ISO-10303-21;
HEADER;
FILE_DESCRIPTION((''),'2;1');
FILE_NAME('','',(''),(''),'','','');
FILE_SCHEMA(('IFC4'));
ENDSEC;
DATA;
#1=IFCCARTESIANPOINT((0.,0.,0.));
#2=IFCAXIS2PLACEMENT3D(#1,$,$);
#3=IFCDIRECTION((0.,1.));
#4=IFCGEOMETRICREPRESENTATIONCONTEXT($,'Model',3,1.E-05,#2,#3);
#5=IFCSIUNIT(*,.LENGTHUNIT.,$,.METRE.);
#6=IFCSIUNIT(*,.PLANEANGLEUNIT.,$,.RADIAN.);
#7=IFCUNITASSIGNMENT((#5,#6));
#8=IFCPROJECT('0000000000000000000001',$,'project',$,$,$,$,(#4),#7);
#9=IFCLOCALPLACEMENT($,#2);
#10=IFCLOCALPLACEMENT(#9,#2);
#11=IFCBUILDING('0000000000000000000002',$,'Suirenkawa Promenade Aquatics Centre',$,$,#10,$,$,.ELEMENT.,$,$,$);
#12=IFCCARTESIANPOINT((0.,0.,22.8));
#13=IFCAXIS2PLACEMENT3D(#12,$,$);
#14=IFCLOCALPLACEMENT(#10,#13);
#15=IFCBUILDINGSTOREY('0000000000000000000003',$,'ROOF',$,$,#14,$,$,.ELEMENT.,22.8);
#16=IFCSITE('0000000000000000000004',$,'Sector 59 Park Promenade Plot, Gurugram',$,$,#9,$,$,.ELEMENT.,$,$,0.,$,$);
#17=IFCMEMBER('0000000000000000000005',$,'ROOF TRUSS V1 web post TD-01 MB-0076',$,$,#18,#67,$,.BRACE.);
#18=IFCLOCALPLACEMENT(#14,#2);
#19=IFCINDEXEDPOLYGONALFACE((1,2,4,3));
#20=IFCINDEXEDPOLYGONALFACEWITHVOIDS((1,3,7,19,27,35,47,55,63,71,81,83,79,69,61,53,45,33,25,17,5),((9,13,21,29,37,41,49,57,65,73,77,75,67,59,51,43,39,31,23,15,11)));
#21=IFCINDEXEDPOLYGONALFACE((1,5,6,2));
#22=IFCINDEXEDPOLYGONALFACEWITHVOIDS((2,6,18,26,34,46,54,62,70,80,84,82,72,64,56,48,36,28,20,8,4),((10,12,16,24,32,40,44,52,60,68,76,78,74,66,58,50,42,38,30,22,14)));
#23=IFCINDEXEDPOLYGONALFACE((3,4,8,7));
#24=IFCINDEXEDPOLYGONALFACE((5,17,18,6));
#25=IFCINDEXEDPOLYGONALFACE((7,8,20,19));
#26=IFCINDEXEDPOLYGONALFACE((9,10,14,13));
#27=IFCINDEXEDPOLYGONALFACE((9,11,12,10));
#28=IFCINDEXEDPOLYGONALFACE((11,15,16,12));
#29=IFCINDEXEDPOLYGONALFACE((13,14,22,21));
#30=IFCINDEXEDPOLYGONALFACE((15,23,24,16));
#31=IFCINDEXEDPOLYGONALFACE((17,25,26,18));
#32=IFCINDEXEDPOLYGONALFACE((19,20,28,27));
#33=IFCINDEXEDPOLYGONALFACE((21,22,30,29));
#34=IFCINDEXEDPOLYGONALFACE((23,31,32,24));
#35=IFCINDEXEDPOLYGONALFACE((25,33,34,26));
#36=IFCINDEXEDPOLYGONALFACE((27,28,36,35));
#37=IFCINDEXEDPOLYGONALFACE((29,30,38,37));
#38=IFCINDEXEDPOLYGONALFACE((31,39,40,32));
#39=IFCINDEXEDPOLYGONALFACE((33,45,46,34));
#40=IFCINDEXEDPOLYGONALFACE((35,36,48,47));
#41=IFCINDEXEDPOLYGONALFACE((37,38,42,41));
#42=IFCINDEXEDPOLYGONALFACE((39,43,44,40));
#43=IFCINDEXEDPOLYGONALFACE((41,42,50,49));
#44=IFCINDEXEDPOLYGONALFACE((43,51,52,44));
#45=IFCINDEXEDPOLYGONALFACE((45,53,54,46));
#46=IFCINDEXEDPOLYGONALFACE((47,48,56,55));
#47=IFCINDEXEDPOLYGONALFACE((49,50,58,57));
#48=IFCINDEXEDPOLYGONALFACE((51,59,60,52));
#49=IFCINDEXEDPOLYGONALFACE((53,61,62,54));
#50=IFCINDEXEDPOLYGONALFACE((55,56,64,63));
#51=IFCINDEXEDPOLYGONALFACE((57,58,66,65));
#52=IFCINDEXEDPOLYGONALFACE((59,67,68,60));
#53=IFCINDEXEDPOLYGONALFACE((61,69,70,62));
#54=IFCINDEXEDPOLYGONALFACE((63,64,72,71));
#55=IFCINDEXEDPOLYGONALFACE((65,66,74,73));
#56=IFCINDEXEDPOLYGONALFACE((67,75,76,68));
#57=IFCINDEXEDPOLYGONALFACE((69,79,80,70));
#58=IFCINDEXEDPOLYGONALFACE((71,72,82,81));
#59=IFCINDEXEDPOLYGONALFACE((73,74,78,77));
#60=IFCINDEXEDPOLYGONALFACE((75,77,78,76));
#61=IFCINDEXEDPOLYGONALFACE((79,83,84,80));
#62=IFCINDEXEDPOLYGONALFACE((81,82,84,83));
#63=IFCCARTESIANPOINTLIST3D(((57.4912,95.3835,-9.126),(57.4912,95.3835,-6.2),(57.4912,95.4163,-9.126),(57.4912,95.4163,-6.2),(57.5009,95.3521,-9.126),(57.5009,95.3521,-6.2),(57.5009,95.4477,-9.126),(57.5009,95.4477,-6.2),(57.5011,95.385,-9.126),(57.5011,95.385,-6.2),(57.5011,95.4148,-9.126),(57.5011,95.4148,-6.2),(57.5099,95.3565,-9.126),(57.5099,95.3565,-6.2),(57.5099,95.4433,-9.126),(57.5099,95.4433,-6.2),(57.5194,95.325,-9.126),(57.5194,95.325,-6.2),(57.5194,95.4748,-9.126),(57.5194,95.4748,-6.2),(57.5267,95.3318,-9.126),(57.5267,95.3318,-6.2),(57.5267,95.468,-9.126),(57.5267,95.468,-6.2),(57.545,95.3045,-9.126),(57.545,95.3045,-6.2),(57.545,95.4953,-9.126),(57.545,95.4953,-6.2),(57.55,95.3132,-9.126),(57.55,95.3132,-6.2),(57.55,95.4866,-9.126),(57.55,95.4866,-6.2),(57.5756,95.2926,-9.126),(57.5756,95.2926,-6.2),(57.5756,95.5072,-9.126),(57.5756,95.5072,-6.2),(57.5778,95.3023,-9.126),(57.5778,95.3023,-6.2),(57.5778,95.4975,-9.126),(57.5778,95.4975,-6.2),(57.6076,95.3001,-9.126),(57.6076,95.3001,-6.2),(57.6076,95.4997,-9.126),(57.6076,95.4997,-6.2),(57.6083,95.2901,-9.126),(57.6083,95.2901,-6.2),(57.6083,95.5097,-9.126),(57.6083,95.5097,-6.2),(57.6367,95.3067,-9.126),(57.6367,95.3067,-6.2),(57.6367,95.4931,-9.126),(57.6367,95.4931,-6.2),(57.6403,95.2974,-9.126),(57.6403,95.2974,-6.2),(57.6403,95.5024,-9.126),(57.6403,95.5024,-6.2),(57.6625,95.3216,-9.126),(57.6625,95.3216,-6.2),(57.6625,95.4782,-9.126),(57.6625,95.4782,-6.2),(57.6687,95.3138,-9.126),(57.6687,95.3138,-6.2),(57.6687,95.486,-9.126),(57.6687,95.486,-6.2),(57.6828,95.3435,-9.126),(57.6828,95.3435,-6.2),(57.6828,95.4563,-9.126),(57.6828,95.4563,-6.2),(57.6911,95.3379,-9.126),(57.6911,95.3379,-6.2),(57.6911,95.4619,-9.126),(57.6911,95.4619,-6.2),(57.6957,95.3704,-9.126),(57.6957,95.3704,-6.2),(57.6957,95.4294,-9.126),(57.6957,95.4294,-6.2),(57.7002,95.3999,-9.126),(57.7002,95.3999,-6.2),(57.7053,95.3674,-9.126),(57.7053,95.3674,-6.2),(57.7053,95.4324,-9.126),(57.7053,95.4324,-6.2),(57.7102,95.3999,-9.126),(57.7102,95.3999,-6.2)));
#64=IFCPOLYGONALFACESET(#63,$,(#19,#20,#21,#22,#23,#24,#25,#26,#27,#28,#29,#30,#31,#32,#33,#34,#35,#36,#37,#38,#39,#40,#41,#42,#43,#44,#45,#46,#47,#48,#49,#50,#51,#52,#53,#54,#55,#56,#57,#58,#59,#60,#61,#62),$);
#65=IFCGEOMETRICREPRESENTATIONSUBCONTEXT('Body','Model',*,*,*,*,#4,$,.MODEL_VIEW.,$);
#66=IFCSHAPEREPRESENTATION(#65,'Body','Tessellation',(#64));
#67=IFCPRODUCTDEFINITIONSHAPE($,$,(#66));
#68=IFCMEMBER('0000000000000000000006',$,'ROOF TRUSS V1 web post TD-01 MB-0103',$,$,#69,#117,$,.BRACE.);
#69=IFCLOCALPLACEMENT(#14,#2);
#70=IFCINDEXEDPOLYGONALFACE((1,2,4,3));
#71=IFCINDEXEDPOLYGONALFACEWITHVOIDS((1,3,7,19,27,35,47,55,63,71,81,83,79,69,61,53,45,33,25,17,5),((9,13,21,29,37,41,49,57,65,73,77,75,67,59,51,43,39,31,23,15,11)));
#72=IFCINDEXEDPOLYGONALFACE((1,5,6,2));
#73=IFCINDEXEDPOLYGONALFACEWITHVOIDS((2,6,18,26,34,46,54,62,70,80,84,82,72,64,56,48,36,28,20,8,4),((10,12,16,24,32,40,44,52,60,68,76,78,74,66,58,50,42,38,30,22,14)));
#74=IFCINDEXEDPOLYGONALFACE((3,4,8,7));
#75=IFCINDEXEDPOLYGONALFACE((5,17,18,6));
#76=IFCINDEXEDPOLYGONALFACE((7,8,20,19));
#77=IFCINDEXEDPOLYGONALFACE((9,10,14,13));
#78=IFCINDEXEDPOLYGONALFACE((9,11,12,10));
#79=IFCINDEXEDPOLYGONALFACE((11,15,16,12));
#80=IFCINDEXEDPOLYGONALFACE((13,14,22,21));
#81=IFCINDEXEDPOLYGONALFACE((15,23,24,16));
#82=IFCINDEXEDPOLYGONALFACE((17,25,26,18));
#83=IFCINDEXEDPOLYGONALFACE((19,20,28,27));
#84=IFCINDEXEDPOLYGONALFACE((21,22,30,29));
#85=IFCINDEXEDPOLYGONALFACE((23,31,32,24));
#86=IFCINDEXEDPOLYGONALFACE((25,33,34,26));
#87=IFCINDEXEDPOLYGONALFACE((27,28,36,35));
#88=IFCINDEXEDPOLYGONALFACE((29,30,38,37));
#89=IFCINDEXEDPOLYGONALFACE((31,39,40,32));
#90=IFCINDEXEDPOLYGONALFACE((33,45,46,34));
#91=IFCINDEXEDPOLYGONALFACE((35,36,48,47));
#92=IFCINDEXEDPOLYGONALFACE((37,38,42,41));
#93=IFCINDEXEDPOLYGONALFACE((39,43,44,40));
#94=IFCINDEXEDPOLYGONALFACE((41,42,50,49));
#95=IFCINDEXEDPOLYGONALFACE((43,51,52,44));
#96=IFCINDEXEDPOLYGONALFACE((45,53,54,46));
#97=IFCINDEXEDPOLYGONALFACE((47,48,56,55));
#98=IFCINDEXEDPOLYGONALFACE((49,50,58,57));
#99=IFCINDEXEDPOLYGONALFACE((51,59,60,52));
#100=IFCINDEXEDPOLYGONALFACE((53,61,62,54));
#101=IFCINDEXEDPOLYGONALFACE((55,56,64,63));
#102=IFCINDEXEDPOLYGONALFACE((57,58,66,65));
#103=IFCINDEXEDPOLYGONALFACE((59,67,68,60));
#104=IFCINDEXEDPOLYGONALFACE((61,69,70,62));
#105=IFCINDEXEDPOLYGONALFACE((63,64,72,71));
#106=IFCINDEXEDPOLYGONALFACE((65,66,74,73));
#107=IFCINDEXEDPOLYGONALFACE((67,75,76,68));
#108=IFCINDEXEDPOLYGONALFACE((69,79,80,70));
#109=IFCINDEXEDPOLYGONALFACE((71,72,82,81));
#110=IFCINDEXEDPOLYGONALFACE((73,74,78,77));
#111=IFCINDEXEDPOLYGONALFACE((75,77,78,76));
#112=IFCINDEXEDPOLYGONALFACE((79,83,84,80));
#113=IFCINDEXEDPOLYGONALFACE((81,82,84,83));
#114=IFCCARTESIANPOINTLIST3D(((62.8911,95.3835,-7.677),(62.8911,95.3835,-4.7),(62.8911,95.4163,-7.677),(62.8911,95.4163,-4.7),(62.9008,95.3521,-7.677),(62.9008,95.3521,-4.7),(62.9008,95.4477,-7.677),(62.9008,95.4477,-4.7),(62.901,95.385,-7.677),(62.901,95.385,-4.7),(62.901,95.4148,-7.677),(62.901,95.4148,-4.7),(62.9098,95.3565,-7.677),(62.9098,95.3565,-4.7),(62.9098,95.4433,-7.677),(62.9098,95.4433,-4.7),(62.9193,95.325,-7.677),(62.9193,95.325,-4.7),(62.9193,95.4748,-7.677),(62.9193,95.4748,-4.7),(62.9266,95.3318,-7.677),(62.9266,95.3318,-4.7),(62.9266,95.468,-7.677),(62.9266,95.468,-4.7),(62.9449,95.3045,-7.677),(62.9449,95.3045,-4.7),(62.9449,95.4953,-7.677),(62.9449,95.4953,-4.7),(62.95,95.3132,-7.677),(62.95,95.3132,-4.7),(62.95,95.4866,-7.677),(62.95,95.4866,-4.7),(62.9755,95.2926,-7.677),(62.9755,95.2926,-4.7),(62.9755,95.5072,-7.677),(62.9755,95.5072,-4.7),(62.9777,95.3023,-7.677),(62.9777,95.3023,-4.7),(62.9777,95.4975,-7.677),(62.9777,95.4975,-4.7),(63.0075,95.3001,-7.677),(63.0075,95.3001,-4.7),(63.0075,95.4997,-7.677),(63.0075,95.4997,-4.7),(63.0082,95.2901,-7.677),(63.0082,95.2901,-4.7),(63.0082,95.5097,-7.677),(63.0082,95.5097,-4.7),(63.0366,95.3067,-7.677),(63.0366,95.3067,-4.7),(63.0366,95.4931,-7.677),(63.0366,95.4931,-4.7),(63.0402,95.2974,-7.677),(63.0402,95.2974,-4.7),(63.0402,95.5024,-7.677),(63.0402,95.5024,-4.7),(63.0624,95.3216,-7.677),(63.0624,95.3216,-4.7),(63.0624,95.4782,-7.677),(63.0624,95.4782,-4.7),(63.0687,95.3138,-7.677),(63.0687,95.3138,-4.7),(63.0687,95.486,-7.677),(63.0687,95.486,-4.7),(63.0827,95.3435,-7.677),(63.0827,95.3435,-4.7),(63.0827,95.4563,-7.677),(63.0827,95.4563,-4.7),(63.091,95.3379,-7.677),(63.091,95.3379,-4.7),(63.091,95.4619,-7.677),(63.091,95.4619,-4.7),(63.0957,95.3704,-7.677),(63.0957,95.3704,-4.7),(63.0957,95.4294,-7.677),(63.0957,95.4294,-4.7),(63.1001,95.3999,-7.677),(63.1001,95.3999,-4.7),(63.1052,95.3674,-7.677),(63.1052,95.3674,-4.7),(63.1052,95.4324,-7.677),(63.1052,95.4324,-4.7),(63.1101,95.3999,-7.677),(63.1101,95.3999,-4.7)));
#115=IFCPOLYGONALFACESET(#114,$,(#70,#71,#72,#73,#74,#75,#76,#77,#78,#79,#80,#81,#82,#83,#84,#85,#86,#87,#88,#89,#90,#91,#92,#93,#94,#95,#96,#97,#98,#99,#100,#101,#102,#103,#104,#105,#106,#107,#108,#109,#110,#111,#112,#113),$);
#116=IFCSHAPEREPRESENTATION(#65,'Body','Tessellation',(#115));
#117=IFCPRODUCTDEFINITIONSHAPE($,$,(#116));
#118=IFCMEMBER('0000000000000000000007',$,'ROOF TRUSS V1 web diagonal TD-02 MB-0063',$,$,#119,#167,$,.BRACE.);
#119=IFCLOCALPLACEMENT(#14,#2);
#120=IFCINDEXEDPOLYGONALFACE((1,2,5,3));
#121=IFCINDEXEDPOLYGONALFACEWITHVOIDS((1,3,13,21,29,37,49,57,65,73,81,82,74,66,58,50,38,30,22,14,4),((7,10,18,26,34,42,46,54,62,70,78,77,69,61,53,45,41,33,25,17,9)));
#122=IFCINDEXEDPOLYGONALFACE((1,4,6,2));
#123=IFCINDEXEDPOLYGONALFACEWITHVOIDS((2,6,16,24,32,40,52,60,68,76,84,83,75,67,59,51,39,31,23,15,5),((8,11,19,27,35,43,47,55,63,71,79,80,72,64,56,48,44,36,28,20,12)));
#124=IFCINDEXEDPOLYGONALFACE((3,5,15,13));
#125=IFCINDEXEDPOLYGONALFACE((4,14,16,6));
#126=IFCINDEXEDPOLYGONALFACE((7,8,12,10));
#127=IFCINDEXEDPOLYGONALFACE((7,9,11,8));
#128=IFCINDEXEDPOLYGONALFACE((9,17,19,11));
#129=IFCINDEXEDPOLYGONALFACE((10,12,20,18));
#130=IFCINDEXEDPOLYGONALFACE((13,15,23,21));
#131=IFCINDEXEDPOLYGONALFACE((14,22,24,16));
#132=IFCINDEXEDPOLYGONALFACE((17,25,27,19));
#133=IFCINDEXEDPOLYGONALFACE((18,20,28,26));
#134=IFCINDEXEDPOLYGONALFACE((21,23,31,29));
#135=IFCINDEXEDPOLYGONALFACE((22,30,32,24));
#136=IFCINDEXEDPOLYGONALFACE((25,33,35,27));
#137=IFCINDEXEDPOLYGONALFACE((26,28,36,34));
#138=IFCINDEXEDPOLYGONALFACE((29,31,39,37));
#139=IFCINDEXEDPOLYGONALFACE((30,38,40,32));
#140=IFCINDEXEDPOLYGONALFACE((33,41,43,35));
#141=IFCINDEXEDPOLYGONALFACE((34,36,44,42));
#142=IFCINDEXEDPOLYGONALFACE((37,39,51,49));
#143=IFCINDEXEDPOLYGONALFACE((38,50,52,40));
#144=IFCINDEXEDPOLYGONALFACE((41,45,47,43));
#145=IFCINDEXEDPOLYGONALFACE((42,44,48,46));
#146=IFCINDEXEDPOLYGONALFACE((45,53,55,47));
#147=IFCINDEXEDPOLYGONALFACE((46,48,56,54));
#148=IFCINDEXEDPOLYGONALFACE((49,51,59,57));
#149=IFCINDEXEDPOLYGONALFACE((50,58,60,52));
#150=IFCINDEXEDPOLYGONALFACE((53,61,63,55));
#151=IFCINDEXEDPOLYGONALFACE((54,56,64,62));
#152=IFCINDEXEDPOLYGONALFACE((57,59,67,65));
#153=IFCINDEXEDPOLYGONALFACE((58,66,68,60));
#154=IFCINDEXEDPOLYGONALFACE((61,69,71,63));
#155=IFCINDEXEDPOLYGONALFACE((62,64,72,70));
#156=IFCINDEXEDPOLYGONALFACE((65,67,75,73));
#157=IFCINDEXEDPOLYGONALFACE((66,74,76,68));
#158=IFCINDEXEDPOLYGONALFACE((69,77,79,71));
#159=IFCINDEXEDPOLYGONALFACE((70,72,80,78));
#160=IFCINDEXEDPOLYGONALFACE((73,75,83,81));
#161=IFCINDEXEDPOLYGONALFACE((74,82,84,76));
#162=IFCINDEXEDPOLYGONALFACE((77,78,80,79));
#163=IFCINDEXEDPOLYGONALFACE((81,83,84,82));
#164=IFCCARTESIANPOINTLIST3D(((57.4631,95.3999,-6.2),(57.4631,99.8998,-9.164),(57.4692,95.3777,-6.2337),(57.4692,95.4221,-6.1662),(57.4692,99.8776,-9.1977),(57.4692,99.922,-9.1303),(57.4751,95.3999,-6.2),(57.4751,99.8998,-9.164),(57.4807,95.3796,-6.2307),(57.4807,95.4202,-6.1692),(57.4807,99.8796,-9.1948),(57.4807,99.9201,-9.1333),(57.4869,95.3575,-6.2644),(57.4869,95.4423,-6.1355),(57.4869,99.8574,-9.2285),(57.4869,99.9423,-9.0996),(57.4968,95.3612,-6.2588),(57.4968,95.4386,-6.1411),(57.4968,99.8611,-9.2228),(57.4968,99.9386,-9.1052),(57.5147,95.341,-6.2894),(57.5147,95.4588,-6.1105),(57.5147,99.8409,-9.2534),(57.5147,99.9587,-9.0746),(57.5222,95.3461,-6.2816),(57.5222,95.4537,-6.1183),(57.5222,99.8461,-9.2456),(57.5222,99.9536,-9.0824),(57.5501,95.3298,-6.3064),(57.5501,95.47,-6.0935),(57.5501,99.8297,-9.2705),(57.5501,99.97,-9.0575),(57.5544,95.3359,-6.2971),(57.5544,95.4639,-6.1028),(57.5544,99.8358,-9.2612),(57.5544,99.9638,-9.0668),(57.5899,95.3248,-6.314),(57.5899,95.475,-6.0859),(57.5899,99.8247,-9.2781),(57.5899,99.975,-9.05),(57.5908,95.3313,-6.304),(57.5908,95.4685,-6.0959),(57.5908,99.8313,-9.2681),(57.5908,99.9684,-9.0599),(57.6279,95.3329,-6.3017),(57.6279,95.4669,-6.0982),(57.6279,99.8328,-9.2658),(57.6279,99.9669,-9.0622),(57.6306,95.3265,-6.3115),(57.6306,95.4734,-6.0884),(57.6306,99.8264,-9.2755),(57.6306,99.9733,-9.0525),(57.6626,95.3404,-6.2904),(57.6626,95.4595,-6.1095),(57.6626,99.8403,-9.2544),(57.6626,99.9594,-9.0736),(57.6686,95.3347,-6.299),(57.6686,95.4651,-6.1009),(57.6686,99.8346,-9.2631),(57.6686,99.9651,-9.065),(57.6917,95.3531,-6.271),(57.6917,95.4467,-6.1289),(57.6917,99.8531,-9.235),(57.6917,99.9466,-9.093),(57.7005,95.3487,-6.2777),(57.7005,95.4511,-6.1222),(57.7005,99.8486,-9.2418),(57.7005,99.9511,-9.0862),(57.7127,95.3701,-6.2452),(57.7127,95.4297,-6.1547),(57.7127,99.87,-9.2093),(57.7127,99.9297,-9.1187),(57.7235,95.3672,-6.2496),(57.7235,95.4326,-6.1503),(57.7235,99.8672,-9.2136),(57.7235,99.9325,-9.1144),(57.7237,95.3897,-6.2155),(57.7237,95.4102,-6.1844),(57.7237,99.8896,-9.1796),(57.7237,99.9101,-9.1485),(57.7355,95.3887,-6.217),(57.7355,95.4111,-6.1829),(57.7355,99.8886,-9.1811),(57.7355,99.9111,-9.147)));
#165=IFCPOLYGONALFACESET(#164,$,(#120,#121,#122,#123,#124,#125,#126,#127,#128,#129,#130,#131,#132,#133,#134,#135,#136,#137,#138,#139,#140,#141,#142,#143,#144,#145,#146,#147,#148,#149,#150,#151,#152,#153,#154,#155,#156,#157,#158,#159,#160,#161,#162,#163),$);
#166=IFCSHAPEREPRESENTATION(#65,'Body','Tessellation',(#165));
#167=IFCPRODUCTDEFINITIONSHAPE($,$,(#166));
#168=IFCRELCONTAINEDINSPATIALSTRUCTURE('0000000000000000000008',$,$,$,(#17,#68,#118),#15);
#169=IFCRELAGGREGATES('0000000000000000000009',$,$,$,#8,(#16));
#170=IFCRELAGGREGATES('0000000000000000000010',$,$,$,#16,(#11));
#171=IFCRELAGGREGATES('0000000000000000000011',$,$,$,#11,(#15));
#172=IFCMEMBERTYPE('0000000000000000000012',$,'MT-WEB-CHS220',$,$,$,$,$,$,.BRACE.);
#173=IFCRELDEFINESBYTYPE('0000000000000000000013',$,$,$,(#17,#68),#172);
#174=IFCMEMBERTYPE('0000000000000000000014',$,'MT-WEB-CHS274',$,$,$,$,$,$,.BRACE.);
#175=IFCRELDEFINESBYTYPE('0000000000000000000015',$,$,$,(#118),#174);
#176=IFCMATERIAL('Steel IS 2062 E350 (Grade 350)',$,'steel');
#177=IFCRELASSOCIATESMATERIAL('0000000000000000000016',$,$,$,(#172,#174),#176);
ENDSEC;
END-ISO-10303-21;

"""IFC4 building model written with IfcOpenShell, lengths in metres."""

from ifc_helpers import new_model, si_unit, direction, frame, origin, origin_2d, place, context, subcontext, project, spatial, hollow_circle, extrude, material, material_profile, profile_set, type_object, element, save


model = new_model("IFC4")

# Units and contexts
model_context = context("Model", 3, precision=1e-05, world=origin(), true_north=direction((0.0, 1.0)))
body_context = subcontext(model_context, "Body", "Model", "MODEL_VIEW")
ifc_project = project(units=[si_unit("LENGTHUNIT", "METRE"), si_unit("PLANEANGLEUNIT", "RADIAN")], contexts=[model_context])

# Site, building, storey
site_placement = place(None, origin())
site = spatial("IfcSite", under=ifc_project, at=site_placement, Name="Sector 59 Park Promenade Plot, Gurugram", CompositionType="ELEMENT", RefElevation=0.0)
building_placement = place(site_placement, origin())
building = spatial("IfcBuilding", under=site, at=building_placement, Name="Suirenkawa Promenade Aquatics Centre", CompositionType="ELEMENT")
storey_placement = place(building_placement, frame((0.0, 0.0, 22.8)))
storey = spatial("IfcBuildingStorey", under=building, at=storey_placement, Name="ROOF", CompositionType="ELEMENT", Elevation=22.8)

# Shared definitions
ifc_material_1 = material(Name="Steel IS 2062 E350 (Grade 350)", Category="steel")

# Members
ifc_material_profile_1 = material_profile(ifc_material_1, hollow_circle(Radius=0.1101, WallThickness=0.01, at=origin_2d()), Name="CHS 220x10", Category="steel")
ifc_profile_set_1 = profile_set([ifc_material_profile_1], Name="Steel IS 2062 E350 (Grade 350)")
member_type_1 = type_object("IfcMemberType", Name="MT-WEB-CHS220", PredefinedType="BRACE", material=ifc_profile_set_1)
member_1_placement = place(storey_placement, frame((57.6001, 95.3999, -9.126), z_axis=(0.0, 0.0, 1.0), x_axis=(1.0, 0.0, 0.0)))
element("IfcMember", 1, at=member_1_placement, inside=storey, type_object=member_type_1, Name="ROOF TRUSS V1 web post TD-01 MB-0076", PredefinedType="BRACE", context=body_context, shape_type="SweptSolid", body=[
    extrude(hollow_circle(Radius=0.1101, WallThickness=0.01, at=origin_2d()), origin(), (0.0, 0.0, 1.0), 2.926),
])
member_2_placement = place(storey_placement, frame((63.0, 95.3999, -7.677), z_axis=(0.0, 0.0, 1.0), x_axis=(1.0, 0.0, 0.0)))
element("IfcMember", 2, at=member_2_placement, inside=storey, type_object=member_type_1, Name="ROOF TRUSS V1 web post TD-01 MB-0103", PredefinedType="BRACE", context=body_context, shape_type="SweptSolid", body=[
    extrude(hollow_circle(Radius=0.1101, WallThickness=0.01, at=origin_2d()), origin(), (0.0, 0.0, 1.0), 2.9771),
])
ifc_material_profile_2 = material_profile(ifc_material_1, hollow_circle(Radius=0.137, WallThickness=0.012, at=origin_2d()), Name="CHS 274x12", Category="steel")
ifc_profile_set_2 = profile_set([ifc_material_profile_2], Name="Steel IS 2062 E350 (Grade 350)")
member_type_2 = type_object("IfcMemberType", Name="MT-WEB-CHS274", PredefinedType="BRACE", material=ifc_profile_set_2)
member_3_placement = place(storey_placement, frame((57.6001, 95.3999, -6.2), z_axis=(0.0, 0.835111, -0.550081), x_axis=(-1.0, 0.0, 0.0)))
element("IfcMember", 3, at=member_3_placement, inside=storey, type_object=member_type_2, Name="ROOF TRUSS V1 web diagonal TD-02 MB-0063", PredefinedType="BRACE", context=body_context, shape_type="SweptSolid", body=[
    extrude(hollow_circle(Radius=0.137, WallThickness=0.012, at=origin_2d()), origin(), (0.0, 0.0, 1.0), 5.3884),
])

save(model, "model.ifc")
